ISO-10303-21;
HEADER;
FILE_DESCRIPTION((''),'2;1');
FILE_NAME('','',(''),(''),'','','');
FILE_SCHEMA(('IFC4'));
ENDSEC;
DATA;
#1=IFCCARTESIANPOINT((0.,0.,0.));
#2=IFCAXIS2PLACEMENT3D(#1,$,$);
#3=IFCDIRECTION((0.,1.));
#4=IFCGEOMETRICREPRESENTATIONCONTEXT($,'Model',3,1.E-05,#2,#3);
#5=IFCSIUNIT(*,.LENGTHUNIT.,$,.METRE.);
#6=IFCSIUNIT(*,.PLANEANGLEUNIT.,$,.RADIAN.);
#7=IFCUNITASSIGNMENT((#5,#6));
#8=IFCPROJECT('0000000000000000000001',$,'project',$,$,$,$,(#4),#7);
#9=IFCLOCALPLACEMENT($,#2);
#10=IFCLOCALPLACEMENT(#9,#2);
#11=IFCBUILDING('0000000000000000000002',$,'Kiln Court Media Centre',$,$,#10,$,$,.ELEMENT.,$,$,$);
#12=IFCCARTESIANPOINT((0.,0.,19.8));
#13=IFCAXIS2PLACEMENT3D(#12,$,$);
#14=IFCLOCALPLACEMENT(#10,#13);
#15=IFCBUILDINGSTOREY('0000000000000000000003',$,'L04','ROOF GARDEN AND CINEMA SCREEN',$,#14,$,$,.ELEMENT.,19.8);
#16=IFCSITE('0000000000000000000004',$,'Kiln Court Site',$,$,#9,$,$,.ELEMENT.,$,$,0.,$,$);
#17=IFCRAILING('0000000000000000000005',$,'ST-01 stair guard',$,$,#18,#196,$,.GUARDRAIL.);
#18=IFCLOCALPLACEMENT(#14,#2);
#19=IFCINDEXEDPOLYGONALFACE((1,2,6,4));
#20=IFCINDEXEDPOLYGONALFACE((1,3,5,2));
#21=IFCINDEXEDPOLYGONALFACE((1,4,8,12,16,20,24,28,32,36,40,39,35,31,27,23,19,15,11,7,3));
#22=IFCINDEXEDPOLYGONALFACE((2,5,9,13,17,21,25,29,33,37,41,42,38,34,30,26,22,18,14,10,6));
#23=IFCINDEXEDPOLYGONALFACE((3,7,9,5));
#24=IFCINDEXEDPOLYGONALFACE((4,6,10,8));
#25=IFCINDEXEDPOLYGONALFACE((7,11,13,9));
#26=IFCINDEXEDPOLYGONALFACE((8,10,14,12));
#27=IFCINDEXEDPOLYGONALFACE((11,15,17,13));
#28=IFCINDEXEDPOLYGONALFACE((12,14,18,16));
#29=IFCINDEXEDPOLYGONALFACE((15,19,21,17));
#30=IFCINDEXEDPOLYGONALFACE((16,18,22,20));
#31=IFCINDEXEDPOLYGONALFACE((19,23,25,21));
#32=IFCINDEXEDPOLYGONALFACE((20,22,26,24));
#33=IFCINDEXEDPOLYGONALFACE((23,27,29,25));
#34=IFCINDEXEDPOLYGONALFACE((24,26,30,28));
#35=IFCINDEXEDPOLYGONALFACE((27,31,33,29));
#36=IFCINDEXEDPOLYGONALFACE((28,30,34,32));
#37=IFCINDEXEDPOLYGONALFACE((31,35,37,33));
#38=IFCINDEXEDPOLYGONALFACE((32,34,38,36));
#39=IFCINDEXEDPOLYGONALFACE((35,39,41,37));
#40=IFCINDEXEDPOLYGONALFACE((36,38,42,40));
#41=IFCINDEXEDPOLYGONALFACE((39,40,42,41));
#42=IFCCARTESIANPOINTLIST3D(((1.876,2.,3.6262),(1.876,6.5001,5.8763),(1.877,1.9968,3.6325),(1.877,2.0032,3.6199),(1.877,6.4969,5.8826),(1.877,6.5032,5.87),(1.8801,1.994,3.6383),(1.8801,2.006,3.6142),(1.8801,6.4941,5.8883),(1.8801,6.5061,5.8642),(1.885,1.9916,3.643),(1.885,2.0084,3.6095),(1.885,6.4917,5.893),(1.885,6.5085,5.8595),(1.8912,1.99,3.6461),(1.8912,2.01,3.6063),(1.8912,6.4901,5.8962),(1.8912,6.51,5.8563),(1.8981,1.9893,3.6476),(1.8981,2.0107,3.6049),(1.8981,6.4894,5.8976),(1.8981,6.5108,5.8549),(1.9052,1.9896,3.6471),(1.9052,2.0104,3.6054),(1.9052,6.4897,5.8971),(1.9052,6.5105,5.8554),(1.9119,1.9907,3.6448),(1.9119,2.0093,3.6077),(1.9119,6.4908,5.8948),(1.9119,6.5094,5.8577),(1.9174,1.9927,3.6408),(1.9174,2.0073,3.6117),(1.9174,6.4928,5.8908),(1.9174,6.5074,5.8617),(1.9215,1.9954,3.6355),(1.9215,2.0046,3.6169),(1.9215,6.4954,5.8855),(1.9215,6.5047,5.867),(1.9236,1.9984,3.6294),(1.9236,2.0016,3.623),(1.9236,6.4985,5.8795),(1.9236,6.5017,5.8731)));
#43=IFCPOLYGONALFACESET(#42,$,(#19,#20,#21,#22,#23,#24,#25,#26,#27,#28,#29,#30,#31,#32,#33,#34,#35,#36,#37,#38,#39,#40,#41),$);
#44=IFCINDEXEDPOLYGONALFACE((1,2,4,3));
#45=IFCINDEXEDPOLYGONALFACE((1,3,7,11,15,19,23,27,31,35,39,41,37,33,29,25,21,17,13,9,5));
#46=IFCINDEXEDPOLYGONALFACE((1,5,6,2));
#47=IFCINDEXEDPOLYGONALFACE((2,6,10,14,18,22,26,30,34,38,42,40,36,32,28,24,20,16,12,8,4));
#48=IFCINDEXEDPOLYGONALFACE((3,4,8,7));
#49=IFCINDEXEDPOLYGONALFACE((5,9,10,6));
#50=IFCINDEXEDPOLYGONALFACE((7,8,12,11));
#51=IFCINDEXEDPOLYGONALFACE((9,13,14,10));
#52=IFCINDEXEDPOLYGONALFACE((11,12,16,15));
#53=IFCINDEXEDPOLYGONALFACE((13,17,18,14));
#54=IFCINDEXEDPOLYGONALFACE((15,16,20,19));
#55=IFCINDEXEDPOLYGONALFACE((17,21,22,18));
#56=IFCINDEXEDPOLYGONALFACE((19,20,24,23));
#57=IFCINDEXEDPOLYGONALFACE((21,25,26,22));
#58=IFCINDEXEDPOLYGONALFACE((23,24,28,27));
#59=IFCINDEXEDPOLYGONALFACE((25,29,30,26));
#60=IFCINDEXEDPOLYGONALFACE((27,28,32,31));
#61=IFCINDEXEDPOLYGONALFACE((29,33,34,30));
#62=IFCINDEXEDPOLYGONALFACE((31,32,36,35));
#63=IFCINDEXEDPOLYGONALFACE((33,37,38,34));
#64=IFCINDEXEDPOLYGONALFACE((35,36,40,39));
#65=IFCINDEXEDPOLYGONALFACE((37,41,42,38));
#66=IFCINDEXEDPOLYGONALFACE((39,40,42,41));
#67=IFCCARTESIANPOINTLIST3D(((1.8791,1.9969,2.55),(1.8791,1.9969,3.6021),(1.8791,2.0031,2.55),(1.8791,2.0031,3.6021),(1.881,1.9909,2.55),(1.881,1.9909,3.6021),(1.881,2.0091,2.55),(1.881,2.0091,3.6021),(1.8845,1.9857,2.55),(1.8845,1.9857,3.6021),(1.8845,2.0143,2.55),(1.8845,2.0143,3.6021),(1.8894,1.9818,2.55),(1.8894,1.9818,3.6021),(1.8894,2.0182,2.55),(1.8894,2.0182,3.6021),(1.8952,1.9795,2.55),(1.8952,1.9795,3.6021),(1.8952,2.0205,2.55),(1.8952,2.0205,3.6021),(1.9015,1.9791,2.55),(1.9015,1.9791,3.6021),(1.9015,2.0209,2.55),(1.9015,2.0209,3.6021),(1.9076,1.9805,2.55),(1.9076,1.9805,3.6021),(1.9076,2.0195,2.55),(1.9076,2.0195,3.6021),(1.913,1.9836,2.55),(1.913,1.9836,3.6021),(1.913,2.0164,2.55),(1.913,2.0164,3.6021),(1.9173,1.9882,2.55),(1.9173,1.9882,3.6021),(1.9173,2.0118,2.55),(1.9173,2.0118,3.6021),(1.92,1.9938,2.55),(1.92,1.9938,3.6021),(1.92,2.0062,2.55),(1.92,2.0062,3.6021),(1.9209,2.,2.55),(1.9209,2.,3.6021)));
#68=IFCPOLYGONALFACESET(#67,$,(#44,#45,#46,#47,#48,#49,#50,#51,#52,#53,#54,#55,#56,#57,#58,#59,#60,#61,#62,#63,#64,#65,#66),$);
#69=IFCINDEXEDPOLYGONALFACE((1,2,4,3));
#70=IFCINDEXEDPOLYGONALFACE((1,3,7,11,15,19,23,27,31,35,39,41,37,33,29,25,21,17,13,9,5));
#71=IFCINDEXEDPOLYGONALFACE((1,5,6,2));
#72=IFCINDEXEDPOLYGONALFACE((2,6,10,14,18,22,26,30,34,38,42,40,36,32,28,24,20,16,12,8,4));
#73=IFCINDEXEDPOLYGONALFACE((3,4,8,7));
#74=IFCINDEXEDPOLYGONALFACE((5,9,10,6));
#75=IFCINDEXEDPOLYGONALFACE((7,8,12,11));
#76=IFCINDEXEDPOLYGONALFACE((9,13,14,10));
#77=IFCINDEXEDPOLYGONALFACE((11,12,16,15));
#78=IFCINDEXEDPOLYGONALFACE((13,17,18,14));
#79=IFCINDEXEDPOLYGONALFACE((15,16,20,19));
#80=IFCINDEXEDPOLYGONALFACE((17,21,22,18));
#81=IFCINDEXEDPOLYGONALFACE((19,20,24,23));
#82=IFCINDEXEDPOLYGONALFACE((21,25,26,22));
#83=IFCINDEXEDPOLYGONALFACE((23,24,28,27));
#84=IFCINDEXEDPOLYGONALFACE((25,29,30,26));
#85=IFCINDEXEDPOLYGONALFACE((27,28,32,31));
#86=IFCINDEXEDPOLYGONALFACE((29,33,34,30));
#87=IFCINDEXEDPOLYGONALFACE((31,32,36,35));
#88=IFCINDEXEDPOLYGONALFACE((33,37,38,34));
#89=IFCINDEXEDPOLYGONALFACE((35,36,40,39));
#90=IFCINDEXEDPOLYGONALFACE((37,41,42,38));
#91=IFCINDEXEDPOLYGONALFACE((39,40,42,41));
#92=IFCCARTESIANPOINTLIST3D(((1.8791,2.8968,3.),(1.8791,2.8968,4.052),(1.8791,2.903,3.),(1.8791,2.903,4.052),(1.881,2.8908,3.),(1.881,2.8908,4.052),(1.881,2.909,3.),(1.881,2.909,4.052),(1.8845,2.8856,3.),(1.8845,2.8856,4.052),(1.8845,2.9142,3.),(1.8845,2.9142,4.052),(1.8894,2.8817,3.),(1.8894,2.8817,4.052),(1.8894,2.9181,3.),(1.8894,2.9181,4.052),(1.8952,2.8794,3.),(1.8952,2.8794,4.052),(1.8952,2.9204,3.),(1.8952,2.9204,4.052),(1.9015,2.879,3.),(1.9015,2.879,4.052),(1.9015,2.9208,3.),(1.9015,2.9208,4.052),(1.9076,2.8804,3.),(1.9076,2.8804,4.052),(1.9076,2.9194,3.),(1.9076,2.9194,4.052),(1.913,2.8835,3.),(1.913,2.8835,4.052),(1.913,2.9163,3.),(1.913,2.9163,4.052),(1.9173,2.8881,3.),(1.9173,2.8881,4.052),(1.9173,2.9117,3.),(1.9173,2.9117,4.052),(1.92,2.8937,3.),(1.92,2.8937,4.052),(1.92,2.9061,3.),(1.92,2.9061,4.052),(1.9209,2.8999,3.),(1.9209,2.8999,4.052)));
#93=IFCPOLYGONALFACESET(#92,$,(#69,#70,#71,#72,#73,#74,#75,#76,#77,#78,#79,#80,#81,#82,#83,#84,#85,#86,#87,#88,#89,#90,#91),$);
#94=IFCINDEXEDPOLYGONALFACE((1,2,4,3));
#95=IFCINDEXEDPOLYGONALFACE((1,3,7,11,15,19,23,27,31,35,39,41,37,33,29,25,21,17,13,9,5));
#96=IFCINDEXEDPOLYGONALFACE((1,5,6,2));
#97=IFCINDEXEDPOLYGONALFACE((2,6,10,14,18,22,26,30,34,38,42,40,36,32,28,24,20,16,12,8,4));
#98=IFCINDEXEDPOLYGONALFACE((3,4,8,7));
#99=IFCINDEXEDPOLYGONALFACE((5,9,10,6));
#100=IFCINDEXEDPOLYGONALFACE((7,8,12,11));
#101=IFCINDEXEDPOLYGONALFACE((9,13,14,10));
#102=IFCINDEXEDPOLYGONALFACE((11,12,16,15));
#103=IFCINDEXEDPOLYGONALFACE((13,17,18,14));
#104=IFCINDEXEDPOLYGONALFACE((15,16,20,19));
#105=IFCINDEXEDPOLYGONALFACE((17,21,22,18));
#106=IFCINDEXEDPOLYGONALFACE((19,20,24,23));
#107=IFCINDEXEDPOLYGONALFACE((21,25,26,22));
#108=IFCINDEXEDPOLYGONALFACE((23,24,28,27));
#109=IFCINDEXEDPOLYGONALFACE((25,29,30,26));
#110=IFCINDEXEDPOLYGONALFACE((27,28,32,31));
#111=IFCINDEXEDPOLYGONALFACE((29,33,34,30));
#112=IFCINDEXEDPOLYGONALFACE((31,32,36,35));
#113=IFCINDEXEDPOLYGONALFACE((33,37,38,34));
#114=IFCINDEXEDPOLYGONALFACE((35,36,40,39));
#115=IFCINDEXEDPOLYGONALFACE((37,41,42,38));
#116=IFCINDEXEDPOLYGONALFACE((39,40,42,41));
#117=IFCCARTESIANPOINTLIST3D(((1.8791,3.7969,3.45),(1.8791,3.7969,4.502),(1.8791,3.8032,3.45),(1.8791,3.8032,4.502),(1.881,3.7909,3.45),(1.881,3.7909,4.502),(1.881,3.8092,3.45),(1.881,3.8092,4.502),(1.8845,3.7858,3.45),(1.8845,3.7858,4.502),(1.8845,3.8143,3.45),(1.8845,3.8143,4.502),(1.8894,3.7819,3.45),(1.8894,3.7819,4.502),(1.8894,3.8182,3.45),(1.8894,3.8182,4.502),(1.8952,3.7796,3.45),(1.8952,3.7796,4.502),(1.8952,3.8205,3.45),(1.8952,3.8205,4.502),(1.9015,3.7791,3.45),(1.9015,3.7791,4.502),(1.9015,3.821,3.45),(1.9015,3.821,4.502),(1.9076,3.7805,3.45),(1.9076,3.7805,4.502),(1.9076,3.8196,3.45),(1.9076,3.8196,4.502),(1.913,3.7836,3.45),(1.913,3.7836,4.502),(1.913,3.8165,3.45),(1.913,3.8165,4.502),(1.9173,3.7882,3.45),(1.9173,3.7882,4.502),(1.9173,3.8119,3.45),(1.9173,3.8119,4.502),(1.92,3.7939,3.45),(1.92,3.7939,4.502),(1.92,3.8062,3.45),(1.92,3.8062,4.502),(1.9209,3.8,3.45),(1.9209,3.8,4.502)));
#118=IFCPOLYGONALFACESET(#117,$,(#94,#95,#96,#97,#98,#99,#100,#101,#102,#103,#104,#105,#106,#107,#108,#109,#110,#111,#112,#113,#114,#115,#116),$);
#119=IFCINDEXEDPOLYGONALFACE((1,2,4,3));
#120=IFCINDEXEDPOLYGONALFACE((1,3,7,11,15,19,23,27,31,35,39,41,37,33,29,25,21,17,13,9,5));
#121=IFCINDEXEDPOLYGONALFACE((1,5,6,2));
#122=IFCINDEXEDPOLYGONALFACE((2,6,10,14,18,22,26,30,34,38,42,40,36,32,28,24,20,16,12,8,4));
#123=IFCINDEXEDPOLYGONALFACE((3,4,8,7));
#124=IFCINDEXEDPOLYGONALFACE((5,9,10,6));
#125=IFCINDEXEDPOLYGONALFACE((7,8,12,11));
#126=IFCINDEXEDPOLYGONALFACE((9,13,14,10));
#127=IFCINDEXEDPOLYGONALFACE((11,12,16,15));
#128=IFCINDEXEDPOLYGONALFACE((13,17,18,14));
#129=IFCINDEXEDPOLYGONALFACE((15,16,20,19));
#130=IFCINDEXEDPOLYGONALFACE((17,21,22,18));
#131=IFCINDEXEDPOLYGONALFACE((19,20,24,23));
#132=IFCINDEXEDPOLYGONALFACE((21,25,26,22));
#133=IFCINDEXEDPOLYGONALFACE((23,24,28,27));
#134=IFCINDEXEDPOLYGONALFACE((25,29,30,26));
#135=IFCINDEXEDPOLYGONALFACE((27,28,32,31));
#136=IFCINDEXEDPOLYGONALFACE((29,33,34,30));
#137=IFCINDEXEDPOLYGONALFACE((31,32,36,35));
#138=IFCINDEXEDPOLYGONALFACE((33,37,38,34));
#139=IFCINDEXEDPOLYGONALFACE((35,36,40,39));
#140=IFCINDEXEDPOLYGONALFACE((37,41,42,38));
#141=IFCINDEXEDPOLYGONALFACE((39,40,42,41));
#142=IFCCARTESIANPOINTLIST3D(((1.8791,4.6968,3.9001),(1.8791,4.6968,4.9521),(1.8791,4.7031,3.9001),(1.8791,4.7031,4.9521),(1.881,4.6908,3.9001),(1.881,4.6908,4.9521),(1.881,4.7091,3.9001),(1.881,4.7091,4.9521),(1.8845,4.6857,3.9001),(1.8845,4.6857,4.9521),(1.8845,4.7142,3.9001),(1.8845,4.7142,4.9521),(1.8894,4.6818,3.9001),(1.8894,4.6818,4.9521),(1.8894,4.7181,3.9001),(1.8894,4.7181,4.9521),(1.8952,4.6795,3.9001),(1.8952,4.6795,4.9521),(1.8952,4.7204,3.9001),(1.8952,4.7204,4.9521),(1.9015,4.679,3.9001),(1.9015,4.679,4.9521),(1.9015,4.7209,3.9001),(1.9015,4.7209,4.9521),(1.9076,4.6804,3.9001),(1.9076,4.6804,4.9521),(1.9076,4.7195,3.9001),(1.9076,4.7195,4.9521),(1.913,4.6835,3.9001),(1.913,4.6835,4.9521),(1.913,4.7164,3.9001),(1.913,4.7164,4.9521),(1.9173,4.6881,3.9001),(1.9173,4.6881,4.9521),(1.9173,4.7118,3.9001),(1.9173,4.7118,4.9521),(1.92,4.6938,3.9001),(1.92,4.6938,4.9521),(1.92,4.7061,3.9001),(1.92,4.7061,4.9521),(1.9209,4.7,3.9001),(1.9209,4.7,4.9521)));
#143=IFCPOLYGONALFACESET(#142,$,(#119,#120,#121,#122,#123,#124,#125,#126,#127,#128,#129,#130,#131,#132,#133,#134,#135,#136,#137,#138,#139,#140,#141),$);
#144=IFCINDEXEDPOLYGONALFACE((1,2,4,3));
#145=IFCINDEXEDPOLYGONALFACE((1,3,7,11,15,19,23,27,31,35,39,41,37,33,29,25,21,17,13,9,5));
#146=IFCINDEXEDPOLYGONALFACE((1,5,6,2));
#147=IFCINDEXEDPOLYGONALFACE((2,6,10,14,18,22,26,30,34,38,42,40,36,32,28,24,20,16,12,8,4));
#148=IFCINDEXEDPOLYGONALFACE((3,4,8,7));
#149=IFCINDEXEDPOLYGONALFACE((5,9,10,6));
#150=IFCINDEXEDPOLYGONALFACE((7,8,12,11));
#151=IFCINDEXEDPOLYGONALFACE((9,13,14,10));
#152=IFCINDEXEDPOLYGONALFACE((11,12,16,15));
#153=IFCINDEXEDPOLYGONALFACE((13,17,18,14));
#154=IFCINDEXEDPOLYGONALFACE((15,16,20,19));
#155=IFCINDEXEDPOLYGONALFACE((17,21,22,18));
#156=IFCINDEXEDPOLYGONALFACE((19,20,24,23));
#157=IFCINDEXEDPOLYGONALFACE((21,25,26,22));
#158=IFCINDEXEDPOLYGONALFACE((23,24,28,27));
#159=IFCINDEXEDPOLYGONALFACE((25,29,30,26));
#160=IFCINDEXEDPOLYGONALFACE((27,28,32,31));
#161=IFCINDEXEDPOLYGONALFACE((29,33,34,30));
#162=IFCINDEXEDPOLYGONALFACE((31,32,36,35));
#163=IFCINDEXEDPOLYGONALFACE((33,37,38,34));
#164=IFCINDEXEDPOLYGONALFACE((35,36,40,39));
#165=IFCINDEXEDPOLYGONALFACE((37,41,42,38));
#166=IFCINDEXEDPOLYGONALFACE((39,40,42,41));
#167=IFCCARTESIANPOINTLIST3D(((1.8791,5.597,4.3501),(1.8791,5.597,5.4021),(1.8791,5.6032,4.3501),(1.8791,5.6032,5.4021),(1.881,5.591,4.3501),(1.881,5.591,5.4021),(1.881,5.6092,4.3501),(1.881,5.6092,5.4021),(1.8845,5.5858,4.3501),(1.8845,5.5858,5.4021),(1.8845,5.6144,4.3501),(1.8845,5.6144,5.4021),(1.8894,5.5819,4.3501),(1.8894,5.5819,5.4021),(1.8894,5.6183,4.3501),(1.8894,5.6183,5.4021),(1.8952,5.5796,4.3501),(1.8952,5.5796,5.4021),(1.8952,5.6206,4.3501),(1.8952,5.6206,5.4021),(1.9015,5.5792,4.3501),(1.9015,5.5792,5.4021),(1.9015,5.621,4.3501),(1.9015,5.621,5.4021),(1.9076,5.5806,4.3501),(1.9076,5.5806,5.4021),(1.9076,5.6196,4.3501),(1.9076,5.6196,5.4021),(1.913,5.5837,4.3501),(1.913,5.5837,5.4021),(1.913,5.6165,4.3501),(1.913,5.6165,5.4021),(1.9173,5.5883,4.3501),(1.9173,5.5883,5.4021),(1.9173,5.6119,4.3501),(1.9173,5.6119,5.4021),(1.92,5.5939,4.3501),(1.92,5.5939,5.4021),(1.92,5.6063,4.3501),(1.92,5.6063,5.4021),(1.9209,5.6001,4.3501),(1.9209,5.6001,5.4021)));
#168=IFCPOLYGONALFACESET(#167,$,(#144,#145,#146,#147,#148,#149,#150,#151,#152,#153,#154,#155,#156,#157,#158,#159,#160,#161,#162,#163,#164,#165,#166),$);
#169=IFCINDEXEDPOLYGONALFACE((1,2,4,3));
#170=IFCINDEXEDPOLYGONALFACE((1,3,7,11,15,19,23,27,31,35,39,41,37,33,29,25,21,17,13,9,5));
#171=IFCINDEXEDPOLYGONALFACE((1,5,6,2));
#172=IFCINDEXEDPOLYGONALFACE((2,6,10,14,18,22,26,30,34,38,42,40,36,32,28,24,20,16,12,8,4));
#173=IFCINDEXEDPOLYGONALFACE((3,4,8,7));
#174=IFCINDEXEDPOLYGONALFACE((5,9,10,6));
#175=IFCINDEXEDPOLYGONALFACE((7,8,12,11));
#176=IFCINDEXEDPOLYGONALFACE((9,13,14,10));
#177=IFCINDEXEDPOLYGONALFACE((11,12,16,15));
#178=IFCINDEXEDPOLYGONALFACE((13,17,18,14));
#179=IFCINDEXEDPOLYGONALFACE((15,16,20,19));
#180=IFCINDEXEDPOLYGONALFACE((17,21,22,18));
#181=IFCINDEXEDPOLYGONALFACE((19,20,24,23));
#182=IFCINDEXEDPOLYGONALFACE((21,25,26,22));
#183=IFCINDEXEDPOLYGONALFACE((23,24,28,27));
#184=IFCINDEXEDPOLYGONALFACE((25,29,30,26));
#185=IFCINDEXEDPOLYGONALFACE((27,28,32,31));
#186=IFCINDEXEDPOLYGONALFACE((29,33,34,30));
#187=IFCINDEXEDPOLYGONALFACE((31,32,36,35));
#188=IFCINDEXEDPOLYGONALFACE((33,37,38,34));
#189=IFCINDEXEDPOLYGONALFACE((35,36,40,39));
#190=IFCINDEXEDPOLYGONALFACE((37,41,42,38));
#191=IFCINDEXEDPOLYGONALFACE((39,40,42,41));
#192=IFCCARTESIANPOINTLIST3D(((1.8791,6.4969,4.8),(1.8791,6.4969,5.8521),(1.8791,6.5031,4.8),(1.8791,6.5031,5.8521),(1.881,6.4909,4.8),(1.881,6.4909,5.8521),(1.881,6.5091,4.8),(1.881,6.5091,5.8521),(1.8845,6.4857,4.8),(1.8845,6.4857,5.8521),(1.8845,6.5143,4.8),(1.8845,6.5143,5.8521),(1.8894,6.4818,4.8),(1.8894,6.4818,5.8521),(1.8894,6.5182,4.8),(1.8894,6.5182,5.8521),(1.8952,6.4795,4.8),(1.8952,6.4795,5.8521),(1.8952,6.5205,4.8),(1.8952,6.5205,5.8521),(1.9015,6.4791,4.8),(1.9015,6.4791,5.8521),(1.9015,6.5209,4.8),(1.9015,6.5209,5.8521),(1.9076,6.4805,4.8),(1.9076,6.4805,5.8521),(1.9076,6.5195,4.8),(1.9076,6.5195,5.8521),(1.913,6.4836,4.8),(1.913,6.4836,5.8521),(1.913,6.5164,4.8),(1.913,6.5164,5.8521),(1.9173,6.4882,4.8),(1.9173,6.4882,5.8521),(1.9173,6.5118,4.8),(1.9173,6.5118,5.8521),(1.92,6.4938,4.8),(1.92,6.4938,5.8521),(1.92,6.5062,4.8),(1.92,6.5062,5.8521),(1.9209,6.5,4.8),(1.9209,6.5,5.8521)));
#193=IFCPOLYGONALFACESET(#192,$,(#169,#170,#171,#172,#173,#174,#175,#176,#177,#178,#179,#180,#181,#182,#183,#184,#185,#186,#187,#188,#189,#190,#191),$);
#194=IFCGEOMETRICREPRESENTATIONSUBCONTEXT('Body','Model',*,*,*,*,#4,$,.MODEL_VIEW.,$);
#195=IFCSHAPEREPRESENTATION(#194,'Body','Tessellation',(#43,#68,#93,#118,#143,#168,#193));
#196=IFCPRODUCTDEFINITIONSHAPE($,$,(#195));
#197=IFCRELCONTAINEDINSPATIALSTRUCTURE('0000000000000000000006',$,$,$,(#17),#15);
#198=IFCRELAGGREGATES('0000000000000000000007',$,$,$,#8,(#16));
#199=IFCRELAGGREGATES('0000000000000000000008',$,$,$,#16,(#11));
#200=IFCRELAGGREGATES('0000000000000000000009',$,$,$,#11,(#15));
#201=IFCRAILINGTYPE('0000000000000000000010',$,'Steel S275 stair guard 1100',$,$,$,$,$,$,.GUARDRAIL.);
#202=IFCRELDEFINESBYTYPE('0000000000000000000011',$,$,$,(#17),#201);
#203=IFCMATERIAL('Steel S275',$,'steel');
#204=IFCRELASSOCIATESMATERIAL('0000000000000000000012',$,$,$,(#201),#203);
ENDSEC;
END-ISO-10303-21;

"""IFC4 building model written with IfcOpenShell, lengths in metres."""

from ifc_helpers import new_model, si_unit, direction, frame, origin, origin_2d, place, context, subcontext, project, spatial, circle, extrude, material, type_object, element, save


model = new_model("IFC4")

# Units and contexts
model_context = context("Model", 3, precision=1e-05, world=origin(), true_north=direction((0.0, 1.0)))
body_context = subcontext(model_context, "Body", "Model", "MODEL_VIEW")
ifc_project = project(units=[si_unit("LENGTHUNIT", "METRE"), si_unit("PLANEANGLEUNIT", "RADIAN")], contexts=[model_context])

# Site, building, storey
site_placement = place(None, origin())
site = spatial("IfcSite", under=ifc_project, at=site_placement, Name="Kiln Court Site", CompositionType="ELEMENT", RefElevation=0.0)
building_placement = place(site_placement, origin())
building = spatial("IfcBuilding", under=site, at=building_placement, Name="Kiln Court Media Centre", CompositionType="ELEMENT")
storey_placement = place(building_placement, frame((0.0, 0.0, 19.8)))
storey = spatial("IfcBuildingStorey", under=building, at=storey_placement, Name="L04", Description="ROOF GARDEN AND CINEMA SCREEN", CompositionType="ELEMENT", Elevation=19.8)

# Railing
ifc_material_1 = material(Name="Steel S275", Category="steel")
railing_type_1 = type_object("IfcRailingType", Name="Steel S275 stair guard 1100", PredefinedType="GUARDRAIL", material=ifc_material_1)
railing_1_placement = place(storey_placement, frame((1.8999, 2.0, 2.55)))
element("IfcRailing", 1, at=railing_1_placement, inside=storey, type_object=railing_type_1, Name="ST-01 stair guard", PredefinedType="GUARDRAIL", context=body_context, shape_type="SweptSolid", body=[
    extrude(circle(Radius=0.0239, at=origin_2d()), frame((0.0, 0.0, 1.0762), z_axis=(0.0, 0.894427, 0.447214), x_axis=(-1.0, 0.0, 0.0)), (0.0, 0.0, 1.0), 5.0312),
    extrude(circle(Radius=0.021, at=origin_2d()), origin(), (0.0, 0.0, 1.0), 1.052),
    extrude(circle(Radius=0.021, at=origin_2d()), frame((0.0, 0.8999, 0.45)), (0.0, 0.0, 1.0), 1.052),
    extrude(circle(Radius=0.021, at=origin_2d()), frame((0.0, 1.8, 0.8999)), (0.0, 0.0, 1.0), 1.052),
    extrude(circle(Radius=0.021, at=origin_2d()), frame((0.0, 2.7, 1.3501)), (0.0, 0.0, 1.0), 1.052),
    extrude(circle(Radius=0.021, at=origin_2d()), frame((0.0, 3.6001, 1.8)), (0.0, 0.0, 1.0), 1.052),
    extrude(circle(Radius=0.021, at=origin_2d()), frame((0.0, 4.5, 2.25)), (0.0, 0.0, 1.0), 1.052),
])

save(model, "model.ifc")
